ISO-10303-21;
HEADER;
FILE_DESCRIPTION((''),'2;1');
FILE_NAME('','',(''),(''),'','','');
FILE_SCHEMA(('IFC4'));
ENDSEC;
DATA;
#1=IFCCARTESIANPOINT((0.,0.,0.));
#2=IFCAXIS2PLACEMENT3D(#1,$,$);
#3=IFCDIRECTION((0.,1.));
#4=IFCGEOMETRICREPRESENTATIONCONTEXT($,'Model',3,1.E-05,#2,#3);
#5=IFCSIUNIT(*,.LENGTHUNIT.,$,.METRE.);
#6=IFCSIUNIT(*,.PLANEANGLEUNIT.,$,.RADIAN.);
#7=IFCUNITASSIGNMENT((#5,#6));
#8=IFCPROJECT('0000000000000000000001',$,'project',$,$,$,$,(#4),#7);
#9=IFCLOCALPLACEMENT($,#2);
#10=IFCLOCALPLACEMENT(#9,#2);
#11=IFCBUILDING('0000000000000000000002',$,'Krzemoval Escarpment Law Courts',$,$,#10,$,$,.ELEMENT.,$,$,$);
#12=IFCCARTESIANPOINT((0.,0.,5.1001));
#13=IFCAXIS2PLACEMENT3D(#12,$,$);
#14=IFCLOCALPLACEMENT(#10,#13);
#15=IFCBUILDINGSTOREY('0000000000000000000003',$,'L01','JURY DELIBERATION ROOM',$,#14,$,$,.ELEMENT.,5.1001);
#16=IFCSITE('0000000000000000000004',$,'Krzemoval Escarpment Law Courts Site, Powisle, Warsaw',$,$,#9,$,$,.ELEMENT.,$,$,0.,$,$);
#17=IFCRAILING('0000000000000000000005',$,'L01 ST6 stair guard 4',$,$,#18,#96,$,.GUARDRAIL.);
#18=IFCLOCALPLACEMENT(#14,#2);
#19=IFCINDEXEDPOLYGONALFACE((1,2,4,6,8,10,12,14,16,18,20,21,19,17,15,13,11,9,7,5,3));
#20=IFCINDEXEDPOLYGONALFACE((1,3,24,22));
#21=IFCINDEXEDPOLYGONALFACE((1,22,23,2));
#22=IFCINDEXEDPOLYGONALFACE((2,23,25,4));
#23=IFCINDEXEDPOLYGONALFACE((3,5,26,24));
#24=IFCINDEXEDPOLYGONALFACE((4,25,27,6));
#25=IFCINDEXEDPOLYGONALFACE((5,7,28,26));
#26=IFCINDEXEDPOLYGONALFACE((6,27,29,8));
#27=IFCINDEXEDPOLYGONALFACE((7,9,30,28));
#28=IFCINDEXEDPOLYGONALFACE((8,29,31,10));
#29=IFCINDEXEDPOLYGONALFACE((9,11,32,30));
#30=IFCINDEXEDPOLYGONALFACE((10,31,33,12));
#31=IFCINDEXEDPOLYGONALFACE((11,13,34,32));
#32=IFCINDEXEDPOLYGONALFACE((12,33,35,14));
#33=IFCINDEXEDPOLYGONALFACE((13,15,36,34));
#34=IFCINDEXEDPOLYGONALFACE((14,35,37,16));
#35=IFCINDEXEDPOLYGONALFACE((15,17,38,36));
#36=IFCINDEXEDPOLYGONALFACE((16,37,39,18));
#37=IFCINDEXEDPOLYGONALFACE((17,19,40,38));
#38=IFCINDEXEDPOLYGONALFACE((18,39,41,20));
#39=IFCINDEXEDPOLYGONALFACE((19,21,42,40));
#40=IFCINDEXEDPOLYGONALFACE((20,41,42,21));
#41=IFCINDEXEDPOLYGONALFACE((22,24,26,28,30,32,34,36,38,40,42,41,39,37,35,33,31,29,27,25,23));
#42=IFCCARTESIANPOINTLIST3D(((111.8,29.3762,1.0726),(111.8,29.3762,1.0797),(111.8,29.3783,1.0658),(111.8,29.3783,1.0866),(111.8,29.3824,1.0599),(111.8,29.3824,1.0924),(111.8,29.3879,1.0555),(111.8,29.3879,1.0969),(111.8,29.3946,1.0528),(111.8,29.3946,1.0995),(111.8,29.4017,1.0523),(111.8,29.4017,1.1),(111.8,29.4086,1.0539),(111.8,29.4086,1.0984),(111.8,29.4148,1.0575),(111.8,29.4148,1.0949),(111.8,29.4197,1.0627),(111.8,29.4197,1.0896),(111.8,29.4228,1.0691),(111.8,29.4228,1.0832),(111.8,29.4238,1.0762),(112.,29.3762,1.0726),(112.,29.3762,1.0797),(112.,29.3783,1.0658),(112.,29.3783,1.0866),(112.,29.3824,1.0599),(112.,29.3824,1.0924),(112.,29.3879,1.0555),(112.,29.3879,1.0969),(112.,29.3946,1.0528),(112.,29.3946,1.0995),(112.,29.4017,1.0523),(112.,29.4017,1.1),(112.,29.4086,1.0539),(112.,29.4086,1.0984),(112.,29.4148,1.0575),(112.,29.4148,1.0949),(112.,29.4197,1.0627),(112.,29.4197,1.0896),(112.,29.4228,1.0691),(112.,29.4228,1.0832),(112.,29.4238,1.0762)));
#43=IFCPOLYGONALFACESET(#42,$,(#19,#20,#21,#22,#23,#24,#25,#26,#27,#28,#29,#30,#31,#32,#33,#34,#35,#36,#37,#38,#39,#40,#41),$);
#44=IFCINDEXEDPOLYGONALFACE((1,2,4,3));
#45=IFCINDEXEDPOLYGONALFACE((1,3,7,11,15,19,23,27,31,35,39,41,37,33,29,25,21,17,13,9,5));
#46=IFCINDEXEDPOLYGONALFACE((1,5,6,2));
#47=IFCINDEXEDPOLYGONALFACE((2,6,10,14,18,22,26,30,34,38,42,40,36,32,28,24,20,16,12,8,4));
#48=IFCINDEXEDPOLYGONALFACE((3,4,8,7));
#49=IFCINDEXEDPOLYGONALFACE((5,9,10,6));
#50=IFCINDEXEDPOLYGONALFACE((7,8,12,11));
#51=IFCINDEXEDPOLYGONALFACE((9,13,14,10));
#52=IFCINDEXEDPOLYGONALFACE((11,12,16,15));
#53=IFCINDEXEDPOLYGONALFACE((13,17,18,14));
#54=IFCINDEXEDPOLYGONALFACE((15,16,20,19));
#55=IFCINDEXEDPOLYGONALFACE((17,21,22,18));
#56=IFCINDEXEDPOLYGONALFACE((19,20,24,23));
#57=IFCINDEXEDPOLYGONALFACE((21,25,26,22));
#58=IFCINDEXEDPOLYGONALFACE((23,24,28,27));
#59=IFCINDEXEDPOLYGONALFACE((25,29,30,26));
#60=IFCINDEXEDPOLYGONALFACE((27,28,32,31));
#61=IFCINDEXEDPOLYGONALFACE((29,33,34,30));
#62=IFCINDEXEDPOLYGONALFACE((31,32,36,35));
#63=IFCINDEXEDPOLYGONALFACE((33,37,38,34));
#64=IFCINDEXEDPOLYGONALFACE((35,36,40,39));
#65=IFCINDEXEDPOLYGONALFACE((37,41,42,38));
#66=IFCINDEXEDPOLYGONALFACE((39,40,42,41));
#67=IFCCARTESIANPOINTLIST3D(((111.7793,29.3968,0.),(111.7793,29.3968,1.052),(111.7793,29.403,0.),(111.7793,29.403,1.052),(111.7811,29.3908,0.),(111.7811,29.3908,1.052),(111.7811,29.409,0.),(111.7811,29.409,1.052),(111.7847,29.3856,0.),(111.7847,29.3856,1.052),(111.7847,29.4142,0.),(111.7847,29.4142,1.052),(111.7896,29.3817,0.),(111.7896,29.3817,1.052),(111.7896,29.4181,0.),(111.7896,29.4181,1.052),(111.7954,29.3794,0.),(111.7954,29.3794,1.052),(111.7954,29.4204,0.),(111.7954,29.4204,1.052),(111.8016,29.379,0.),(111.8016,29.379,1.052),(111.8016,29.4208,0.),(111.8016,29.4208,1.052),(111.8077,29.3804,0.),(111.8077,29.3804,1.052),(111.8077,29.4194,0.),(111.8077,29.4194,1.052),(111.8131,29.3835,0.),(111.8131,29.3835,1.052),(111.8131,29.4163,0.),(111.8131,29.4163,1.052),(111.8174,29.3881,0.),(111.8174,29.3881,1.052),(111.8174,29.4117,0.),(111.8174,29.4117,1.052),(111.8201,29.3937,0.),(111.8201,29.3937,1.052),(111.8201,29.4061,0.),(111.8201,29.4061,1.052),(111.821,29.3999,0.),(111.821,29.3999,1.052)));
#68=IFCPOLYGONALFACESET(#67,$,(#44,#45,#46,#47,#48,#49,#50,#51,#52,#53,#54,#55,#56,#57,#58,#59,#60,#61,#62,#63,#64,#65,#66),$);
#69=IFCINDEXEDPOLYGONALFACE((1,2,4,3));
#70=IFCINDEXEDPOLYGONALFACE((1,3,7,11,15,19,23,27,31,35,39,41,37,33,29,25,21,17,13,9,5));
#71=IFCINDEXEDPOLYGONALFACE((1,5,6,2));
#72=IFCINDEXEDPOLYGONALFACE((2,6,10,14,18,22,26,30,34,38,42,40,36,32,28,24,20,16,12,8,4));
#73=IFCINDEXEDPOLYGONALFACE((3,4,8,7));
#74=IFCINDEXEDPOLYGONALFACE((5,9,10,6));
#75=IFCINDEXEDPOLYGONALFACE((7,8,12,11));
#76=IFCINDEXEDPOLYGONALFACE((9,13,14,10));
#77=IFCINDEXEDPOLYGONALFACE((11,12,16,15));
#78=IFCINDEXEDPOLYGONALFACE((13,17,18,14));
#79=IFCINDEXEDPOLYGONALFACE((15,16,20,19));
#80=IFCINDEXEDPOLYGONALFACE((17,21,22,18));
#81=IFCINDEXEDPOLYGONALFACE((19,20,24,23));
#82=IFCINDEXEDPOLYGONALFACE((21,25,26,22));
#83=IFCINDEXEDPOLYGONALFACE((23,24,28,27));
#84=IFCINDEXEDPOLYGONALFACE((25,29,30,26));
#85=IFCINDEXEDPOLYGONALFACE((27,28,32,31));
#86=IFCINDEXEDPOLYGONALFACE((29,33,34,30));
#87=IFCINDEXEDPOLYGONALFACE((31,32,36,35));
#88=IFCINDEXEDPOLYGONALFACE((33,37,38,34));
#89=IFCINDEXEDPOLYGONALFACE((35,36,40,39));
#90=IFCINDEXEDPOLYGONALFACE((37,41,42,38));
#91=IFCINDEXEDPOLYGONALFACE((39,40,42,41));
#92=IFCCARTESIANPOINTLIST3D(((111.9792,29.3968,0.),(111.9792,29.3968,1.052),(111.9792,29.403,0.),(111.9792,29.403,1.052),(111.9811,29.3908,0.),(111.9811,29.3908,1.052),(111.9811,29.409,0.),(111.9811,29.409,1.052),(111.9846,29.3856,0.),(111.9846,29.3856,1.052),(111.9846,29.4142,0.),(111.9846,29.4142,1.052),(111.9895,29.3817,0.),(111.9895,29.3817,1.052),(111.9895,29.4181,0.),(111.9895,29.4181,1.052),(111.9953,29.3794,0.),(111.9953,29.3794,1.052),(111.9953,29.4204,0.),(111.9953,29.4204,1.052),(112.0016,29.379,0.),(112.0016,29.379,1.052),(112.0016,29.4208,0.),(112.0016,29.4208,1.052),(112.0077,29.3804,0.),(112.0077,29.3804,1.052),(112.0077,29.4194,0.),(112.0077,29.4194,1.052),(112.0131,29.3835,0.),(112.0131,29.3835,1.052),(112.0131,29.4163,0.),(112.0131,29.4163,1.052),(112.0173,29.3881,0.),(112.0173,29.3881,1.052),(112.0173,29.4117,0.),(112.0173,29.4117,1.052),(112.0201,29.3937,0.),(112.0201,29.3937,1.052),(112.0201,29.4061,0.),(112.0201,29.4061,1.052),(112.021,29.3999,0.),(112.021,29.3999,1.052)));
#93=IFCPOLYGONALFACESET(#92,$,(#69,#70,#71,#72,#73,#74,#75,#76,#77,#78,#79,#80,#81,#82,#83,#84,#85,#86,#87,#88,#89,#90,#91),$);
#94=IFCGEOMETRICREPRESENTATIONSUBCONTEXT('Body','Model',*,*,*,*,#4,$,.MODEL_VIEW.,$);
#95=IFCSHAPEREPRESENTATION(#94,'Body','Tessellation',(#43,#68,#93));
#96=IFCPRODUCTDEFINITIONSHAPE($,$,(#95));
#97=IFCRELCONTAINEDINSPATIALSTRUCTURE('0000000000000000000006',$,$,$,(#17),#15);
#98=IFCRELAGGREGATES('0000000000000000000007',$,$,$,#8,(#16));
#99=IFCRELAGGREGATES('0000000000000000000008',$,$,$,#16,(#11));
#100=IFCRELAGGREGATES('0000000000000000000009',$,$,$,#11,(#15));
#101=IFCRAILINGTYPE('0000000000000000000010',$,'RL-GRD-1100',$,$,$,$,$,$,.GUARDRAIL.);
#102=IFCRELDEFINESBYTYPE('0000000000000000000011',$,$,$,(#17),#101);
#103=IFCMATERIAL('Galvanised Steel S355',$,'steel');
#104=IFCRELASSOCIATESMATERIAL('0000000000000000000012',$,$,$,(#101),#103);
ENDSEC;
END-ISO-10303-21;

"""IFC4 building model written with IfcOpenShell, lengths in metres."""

from ifc_helpers import new_model, si_unit, direction, frame, origin, origin_2d, place, context, subcontext, project, spatial, circle, extrude, material, type_object, element, save


model = new_model("IFC4")

# Units and contexts
model_context = context("Model", 3, precision=1e-05, world=origin(), true_north=direction((0.0, 1.0)))
body_context = subcontext(model_context, "Body", "Model", "MODEL_VIEW")
ifc_project = project(units=[si_unit("LENGTHUNIT", "METRE"), si_unit("PLANEANGLEUNIT", "RADIAN")], contexts=[model_context])

# Site, building, storey
site_placement = place(None, origin())
site = spatial("IfcSite", under=ifc_project, at=site_placement, Name="Krzemoval Escarpment Law Courts Site, Powisle, Warsaw", CompositionType="ELEMENT", RefElevation=0.0)
building_placement = place(site_placement, origin())
building = spatial("IfcBuilding", under=site, at=building_placement, Name="Krzemoval Escarpment Law Courts", CompositionType="ELEMENT")
storey_placement = place(building_placement, frame((0.0, 0.0, 5.1001)))
storey = spatial("IfcBuildingStorey", under=building, at=storey_placement, Name="L01", Description="JURY DELIBERATION ROOM", CompositionType="ELEMENT", Elevation=5.1001)

# Railing
ifc_material_1 = material(Name="Galvanised Steel S355", Category="steel")
railing_type_1 = type_object("IfcRailingType", Name="RL-GRD-1100", PredefinedType="GUARDRAIL", material=ifc_material_1)
railing_1_placement = place(storey_placement, frame((111.8, 29.3999, 0.0)))
element("IfcRailing", 1, at=railing_1_placement, inside=storey, type_object=railing_type_1, Name="L01 ST6 stair guard 4", PredefinedType="GUARDRAIL", context=body_context, shape_type="SweptSolid", body=[
    extrude(circle(Radius=0.0239, at=origin_2d()), frame((0.0, 0.0, 1.0762), z_axis=(1.0, 0.0, 0.0), x_axis=(0.0, 1.0, 0.0)), (0.0, 0.0, 1.0), 0.2),
    extrude(circle(Radius=0.021, at=origin_2d()), origin(), (0.0, 0.0, 1.0), 1.052),
    extrude(circle(Radius=0.021, at=origin_2d()), frame((0.2, 0.0, 0.0)), (0.0, 0.0, 1.0), 1.052),
])

save(model, "model.ifc")
